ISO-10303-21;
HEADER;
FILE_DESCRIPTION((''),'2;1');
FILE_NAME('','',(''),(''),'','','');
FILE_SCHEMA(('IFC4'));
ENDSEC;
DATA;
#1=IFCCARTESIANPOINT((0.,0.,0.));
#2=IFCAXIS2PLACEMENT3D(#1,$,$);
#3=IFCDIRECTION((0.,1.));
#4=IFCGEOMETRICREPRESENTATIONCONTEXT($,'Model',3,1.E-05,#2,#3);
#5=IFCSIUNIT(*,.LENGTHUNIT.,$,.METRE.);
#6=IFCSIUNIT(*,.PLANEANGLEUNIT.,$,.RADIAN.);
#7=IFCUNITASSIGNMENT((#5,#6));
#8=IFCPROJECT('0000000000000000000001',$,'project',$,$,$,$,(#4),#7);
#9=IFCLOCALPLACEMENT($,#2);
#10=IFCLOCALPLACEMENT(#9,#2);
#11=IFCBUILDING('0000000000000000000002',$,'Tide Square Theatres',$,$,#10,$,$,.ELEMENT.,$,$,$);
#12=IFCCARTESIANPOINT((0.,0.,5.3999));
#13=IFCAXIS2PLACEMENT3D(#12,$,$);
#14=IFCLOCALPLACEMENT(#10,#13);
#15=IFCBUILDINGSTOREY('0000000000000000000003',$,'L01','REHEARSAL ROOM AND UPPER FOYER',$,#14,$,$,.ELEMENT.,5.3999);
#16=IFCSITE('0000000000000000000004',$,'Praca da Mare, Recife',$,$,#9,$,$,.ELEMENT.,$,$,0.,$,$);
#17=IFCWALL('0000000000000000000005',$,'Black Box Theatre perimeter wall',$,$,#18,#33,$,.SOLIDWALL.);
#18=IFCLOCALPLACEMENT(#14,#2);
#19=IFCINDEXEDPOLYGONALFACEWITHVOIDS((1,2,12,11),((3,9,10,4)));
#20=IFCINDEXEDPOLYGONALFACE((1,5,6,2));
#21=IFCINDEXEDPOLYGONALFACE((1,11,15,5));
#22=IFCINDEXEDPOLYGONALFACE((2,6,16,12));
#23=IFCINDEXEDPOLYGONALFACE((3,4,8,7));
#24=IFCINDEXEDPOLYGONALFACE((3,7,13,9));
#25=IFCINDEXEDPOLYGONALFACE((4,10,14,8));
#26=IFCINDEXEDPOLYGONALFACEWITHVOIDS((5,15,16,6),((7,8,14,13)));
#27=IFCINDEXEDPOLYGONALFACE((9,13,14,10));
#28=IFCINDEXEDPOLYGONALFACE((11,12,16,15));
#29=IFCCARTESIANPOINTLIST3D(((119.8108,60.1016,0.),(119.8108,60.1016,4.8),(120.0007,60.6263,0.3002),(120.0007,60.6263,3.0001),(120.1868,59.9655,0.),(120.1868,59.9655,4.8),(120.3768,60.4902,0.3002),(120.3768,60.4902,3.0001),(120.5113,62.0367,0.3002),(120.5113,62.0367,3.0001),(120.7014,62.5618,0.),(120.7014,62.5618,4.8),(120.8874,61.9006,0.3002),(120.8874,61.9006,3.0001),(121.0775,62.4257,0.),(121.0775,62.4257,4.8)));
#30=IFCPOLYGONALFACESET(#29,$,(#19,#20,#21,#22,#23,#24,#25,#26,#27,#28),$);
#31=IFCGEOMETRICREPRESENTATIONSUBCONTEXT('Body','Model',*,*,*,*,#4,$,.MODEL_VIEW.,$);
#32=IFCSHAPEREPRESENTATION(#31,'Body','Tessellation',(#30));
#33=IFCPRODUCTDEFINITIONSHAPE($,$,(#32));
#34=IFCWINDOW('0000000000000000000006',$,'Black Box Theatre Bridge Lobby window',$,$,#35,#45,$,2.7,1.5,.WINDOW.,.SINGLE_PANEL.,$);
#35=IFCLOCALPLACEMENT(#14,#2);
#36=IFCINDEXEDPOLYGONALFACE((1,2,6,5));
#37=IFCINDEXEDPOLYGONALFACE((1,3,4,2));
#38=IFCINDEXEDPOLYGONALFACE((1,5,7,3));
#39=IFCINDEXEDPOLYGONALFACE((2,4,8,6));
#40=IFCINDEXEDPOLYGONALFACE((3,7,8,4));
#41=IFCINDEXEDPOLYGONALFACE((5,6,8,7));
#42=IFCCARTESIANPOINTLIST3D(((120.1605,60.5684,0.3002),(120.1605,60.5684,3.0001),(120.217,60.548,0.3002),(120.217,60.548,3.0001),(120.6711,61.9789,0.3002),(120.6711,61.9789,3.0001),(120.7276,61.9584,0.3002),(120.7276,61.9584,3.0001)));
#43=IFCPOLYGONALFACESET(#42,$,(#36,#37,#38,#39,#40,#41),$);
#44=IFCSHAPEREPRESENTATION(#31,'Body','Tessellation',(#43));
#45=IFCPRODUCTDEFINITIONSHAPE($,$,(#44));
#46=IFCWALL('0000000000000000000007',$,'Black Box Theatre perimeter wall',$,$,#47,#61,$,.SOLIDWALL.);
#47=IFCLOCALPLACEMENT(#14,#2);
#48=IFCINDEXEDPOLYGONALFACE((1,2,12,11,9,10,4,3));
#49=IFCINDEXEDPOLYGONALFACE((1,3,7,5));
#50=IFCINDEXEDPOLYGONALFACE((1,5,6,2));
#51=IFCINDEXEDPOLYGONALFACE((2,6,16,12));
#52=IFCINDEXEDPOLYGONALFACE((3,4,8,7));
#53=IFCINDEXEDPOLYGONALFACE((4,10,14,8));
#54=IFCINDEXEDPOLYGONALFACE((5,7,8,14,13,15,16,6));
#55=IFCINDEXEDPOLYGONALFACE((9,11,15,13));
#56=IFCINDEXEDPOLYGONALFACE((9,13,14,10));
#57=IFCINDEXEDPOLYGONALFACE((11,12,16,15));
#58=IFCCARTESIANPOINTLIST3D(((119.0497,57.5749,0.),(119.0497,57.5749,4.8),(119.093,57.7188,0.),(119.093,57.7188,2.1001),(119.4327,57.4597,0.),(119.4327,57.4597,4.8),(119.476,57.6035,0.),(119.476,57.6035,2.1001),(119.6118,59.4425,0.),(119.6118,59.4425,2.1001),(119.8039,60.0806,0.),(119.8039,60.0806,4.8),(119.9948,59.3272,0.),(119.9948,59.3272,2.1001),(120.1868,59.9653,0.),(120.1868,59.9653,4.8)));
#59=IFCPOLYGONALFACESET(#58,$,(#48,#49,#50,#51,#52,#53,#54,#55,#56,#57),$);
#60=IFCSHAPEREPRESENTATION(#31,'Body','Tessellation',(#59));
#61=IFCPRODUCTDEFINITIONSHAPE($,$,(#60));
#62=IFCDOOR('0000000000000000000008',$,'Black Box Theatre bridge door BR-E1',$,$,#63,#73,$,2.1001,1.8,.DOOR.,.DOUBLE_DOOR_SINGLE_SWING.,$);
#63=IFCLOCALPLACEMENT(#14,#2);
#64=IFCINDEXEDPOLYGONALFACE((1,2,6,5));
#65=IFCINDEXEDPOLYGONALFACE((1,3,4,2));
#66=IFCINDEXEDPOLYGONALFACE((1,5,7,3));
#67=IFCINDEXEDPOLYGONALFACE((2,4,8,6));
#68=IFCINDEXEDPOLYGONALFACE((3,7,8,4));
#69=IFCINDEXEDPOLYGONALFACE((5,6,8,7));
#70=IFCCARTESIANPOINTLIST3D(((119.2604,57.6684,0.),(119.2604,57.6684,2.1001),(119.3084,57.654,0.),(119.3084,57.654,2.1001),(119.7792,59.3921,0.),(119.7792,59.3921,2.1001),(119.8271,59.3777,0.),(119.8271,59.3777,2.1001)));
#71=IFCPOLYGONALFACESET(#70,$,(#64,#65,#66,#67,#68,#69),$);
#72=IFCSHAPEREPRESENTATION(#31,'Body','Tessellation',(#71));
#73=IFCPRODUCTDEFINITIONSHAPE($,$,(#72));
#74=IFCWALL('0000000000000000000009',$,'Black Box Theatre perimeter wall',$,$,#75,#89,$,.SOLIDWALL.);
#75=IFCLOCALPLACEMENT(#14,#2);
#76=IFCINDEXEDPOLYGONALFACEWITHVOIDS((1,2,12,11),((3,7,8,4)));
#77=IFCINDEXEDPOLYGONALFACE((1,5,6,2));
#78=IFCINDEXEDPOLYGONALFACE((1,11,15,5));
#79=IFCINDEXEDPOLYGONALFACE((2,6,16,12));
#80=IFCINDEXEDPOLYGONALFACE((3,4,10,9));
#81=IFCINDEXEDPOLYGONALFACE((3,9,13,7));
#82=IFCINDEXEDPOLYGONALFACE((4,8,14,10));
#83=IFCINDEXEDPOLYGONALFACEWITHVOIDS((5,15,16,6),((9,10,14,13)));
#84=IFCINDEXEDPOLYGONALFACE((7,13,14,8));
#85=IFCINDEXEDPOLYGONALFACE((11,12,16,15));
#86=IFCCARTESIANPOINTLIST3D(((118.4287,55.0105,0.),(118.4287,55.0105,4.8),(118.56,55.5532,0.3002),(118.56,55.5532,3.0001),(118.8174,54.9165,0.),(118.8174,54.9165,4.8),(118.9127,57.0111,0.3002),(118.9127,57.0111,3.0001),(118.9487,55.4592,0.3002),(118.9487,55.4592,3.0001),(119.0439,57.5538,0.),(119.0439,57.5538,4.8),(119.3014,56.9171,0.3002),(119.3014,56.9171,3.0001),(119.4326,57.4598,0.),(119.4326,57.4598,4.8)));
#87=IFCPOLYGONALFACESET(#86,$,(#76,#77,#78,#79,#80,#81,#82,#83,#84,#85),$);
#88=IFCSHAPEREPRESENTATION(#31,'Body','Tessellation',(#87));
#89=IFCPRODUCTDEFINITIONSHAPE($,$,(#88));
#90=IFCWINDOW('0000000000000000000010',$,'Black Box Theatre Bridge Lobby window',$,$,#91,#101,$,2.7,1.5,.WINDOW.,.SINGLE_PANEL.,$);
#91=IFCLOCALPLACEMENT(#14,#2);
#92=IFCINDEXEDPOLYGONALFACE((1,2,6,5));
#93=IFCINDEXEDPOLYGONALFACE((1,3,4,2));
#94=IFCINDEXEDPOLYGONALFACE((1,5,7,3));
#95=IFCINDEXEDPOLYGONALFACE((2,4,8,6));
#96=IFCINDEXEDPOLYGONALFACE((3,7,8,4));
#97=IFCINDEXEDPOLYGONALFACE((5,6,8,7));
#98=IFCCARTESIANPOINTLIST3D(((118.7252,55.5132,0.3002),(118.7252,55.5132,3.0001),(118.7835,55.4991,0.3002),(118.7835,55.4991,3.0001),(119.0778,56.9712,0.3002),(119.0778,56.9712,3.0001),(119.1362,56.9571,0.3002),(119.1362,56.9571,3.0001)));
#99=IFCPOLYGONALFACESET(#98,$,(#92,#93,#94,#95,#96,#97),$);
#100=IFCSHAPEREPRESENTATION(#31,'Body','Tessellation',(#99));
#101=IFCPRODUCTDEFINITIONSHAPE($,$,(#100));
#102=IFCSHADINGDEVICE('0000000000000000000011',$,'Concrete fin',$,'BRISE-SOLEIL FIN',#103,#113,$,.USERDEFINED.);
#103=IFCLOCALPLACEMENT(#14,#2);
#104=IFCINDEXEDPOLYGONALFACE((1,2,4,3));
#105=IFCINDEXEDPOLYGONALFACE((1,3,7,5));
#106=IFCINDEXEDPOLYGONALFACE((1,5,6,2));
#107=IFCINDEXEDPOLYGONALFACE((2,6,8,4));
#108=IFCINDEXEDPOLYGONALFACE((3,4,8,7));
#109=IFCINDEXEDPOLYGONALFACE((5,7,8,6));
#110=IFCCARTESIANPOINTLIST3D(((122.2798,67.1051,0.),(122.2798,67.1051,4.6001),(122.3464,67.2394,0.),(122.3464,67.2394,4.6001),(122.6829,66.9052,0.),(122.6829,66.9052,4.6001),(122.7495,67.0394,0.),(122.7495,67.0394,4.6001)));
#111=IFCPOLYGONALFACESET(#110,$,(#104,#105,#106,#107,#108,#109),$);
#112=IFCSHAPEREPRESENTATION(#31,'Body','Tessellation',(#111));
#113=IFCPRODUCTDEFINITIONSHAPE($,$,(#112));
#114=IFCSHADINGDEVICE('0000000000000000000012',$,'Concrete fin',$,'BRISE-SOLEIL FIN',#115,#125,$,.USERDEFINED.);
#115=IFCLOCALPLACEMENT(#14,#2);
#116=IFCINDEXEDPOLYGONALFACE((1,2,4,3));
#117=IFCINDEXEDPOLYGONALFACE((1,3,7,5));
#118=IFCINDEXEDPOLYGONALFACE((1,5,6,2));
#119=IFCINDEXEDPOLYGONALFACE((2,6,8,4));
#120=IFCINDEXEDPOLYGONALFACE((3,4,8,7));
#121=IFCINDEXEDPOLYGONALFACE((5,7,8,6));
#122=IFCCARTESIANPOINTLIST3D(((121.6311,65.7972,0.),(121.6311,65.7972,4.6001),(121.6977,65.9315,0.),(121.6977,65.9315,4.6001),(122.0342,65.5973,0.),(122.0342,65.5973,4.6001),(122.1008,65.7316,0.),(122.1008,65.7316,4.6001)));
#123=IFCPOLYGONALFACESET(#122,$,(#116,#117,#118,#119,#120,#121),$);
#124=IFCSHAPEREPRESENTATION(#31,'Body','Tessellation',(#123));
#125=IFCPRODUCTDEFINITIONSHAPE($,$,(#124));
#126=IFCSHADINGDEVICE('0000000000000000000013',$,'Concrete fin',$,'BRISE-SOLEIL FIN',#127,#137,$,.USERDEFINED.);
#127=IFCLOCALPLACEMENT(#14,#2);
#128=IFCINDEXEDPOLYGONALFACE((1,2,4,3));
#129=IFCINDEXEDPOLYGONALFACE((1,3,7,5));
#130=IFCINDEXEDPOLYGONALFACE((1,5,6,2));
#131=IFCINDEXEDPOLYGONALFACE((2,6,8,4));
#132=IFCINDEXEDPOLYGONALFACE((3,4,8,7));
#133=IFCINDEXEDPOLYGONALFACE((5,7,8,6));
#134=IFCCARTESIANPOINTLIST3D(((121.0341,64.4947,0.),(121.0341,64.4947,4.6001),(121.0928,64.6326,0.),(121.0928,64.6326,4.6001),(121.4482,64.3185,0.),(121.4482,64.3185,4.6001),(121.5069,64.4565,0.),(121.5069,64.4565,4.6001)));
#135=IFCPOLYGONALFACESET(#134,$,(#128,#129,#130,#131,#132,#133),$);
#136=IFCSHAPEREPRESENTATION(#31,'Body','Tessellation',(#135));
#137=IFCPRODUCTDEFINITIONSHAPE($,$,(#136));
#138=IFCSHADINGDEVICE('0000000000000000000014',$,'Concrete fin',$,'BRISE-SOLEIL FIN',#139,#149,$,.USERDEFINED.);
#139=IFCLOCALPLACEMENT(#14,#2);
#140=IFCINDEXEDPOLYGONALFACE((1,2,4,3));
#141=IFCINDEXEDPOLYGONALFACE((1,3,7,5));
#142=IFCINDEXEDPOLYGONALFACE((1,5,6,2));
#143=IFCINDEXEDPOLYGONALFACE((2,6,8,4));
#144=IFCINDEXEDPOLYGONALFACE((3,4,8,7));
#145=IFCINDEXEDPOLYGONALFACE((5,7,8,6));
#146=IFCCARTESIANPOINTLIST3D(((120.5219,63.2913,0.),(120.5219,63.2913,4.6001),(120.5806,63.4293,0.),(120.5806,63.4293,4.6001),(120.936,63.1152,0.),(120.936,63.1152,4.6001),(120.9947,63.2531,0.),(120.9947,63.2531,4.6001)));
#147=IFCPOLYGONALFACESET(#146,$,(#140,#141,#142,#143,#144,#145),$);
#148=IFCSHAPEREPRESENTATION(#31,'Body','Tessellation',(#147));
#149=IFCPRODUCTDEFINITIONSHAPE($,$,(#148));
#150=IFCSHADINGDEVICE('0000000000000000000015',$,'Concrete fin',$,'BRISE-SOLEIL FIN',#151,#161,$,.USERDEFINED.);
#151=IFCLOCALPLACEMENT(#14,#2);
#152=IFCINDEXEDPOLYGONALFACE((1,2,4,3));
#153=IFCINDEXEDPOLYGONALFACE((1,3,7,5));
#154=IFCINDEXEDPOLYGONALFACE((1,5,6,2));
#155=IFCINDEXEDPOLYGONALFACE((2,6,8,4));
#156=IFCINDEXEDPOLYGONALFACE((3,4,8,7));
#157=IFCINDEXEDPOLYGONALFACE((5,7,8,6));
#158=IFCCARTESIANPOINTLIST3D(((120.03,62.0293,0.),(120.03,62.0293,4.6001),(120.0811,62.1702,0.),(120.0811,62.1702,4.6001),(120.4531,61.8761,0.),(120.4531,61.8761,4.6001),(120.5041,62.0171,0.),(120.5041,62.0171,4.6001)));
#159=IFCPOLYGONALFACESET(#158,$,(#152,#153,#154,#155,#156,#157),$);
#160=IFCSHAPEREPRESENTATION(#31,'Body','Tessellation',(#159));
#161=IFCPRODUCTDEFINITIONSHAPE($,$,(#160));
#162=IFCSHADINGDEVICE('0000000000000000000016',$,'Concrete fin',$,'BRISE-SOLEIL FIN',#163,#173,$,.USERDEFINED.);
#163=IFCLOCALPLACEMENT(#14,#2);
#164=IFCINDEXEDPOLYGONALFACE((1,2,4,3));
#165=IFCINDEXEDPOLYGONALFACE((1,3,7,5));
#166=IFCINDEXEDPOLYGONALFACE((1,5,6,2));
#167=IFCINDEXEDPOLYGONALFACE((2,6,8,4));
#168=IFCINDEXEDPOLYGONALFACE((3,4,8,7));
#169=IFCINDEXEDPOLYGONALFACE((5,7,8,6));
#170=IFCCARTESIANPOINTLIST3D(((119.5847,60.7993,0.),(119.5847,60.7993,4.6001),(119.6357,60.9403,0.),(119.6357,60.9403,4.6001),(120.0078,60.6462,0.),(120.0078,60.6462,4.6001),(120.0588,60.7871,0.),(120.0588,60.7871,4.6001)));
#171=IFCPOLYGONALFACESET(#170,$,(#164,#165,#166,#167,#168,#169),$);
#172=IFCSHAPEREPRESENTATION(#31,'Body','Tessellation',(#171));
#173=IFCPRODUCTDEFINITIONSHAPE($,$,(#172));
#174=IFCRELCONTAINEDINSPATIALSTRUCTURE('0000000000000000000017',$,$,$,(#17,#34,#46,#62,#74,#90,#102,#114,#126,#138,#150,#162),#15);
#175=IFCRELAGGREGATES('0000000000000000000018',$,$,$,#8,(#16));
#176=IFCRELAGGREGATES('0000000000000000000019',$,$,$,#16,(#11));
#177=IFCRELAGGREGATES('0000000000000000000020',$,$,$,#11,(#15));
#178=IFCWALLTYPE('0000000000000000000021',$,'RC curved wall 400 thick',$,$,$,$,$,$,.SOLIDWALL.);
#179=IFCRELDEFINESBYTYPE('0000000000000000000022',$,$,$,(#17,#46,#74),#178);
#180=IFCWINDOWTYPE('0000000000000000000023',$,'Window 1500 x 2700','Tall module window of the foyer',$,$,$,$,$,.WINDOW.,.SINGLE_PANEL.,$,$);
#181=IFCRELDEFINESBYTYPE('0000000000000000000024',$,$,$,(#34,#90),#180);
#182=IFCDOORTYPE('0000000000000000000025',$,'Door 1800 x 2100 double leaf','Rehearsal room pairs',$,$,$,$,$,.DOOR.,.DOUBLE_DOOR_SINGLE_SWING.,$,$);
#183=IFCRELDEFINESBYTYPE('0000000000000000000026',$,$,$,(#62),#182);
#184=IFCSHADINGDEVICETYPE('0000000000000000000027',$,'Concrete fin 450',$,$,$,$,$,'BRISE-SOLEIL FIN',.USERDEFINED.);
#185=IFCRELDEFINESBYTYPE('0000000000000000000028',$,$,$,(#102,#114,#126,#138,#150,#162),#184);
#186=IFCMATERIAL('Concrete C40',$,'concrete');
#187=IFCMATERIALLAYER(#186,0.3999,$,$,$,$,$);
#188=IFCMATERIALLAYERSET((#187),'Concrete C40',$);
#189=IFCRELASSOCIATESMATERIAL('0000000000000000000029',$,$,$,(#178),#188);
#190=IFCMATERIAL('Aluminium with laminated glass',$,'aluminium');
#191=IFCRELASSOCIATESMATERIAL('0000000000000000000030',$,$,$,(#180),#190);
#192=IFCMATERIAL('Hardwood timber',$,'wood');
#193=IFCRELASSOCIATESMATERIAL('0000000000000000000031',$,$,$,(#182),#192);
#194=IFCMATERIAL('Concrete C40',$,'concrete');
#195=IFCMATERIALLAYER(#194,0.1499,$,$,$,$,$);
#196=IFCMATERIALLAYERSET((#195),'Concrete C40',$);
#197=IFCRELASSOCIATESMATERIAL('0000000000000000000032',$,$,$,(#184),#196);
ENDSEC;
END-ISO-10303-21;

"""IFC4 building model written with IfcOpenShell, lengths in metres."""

from ifc_helpers import new_model, si_unit, direction, frame, frame_2d, origin, origin_2d, place, context, subcontext, project, spatial, rectangle, extrude, material, layer, layer_set, type_object, element, fill, save


model = new_model("IFC4")

# Units and contexts
model_context = context("Model", 3, precision=1e-05, world=origin(), true_north=direction((0.0, 1.0)))
body_context = subcontext(model_context, "Body", "Model", "MODEL_VIEW")
ifc_project = project(units=[si_unit("LENGTHUNIT", "METRE"), si_unit("PLANEANGLEUNIT", "RADIAN")], contexts=[model_context])

# Site, building, storey
site_placement = place(None, origin())
site = spatial("IfcSite", under=ifc_project, at=site_placement, Name="Praca da Mare, Recife", CompositionType="ELEMENT", RefElevation=0.0)
building_placement = place(site_placement, origin())
building = spatial("IfcBuilding", under=site, at=building_placement, Name="Tide Square Theatres", CompositionType="ELEMENT")
storey_placement = place(building_placement, frame((0.0, 0.0, 5.3999)))
storey = spatial("IfcBuildingStorey", under=building, at=storey_placement, Name="L01", Description="REHEARSAL ROOM AND UPPER FOYER", CompositionType="ELEMENT", Elevation=5.3999)

# Shared definitions
ifc_material_1 = material(Name="Concrete C40", Category="concrete")
ifc_layer_1 = layer(ifc_material_1, 0.3999)
ifc_layer_set_1 = layer_set([ifc_layer_1], Name="Concrete C40")
wall_type_1 = type_object("IfcWallType", Name="RC curved wall 400 thick", PredefinedType="SOLIDWALL", material=ifc_layer_set_1)

# Wall, opening, window
wall_1_placement = place(storey_placement, frame((120.8894, 62.4937, 0.0), z_axis=(0.0, 0.0, 1.0), x_axis=(-0.340394, -0.940283, 0.0)))
wall_1 = element("IfcWall", 1, at=wall_1_placement, inside=storey, type_object=wall_type_1, Name="Black Box Theatre perimeter wall", PredefinedType="SOLIDWALL", context=body_context, shape_type="SweptSolid", body=[
    extrude(rectangle(XDim=2.6165, YDim=0.3999, at=frame_2d((1.3081, 0.0))), origin(), (0.0, 0.0, 1.0), 4.8),
])
opening_1_placement = place(wall_1_placement, frame((0.5583, 0.0, 0.3)))
opening_1 = element("IfcOpeningElement", 2, at=opening_1_placement, cuts=wall_1, PredefinedType="OPENING", context=body_context, shape_type="SweptSolid", body=[
    extrude(rectangle(XDim=1.5, YDim=2.7, at=frame_2d((0.75, 1.3501))), frame((0.0, 0.21, 0.0), z_axis=(0.0, -1.0, 0.0), x_axis=(1.0, 0.0, 0.0)), (0.0, 0.0, 1.0), 0.4199),
])
ifc_material_2 = material(Name="Aluminium with laminated glass", Category="aluminium")
window_type_1 = type_object("IfcWindowType", Name="Window 1500 x 2700", Description="Tall module window of the foyer", PartitioningType="SINGLE_PANEL", PredefinedType="WINDOW", material=ifc_material_2)
window_1_placement = place(opening_1_placement, origin())
window_1 = element("IfcWindow", 3, at=window_1_placement, inside=storey, type_object=window_type_1, Name="Black Box Theatre Bridge Lobby window", OverallHeight=2.7, OverallWidth=1.5, PartitioningType="SINGLE_PANEL", PredefinedType="WINDOW", context=body_context, shape_type="SweptSolid", body=[
    extrude(rectangle(XDim=1.5, YDim=2.7, at=frame_2d((0.75, 1.3501))), frame((0.0, 0.03, 0.0), z_axis=(0.0, -1.0, 0.0), x_axis=(1.0, 0.0, 0.0)), (0.0, 0.0, 1.0), 0.0601),
])
fill(opening_1, window_1)

# Wall, opening, door
wall_2_placement = place(storey_placement, frame((119.9954, 60.0229, 0.0), z_axis=(0.0, 0.0, 1.0), x_axis=(-0.288212, -0.957567, 0.0)))
wall_2 = element("IfcWall", 4, at=wall_2_placement, inside=storey, type_object=wall_type_1, Name="Black Box Theatre perimeter wall", PredefinedType="SOLIDWALL", context=body_context, shape_type="SweptSolid", body=[
    extrude(rectangle(XDim=2.6167, YDim=0.3999, at=frame_2d((1.3083, 0.0))), origin(), (0.0, 0.0, 1.0), 4.8),
])
opening_2_placement = place(wall_2_placement, frame((0.6665, 0.0, 0.0)))
opening_2 = element("IfcOpeningElement", 5, at=opening_2_placement, cuts=wall_2, PredefinedType="OPENING", context=body_context, shape_type="SweptSolid", body=[
    extrude(rectangle(XDim=1.8, YDim=2.1001, at=frame_2d((0.8999, 1.05))), frame((0.0, 0.21, 0.0), z_axis=(0.0, -1.0, 0.0), x_axis=(1.0, 0.0, 0.0)), (0.0, 0.0, 1.0), 0.4199),
])
ifc_material_3 = material(Name="Hardwood timber", Category="wood")
door_type_1 = type_object("IfcDoorType", Name="Door 1800 x 2100 double leaf", Description="Rehearsal room pairs", OperationType="DOUBLE_DOOR_SINGLE_SWING", PredefinedType="DOOR", material=ifc_material_3)
door_1_placement = place(opening_2_placement, origin())
door_1 = element("IfcDoor", 6, at=door_1_placement, inside=storey, type_object=door_type_1, Name="Black Box Theatre bridge door BR-E1", OperationType="DOUBLE_DOOR_SINGLE_SWING", OverallHeight=2.1001, OverallWidth=1.8, PredefinedType="DOOR", context=body_context, shape_type="SweptSolid", body=[
    extrude(rectangle(XDim=1.8, YDim=2.1001, at=frame_2d((0.8999, 1.05))), frame((0.0, 0.0249, 0.0), z_axis=(0.0, -1.0, 0.0), x_axis=(1.0, 0.0, 0.0)), (0.0, 0.0, 1.0), 0.05),
])
fill(opening_2, door_1)

# Wall, opening, window
wall_3_placement = place(storey_placement, frame((119.2383, 57.5068, 0.0), z_axis=(0.0, 0.0, 1.0), x_axis=(-0.235109, -0.971969, 0.0)))
wall_3 = element("IfcWall", 7, at=wall_3_placement, inside=storey, type_object=wall_type_1, Name="Black Box Theatre perimeter wall", PredefinedType="SOLIDWALL", context=body_context, shape_type="SweptSolid", body=[
    extrude(rectangle(XDim=2.6167, YDim=0.3999, at=frame_2d((1.3083, 0.0))), origin(), (0.0, 0.0, 1.0), 4.8),
])
opening_3_placement = place(wall_3_placement, frame((0.5583, 0.0, 0.3)))
opening_3 = element("IfcOpeningElement", 8, at=opening_3_placement, cuts=wall_3, PredefinedType="OPENING", context=body_context, shape_type="SweptSolid", body=[
    extrude(rectangle(XDim=1.5, YDim=2.7, at=frame_2d((0.75, 1.3501))), frame((0.0, 0.21, 0.0), z_axis=(0.0, -1.0, 0.0), x_axis=(1.0, 0.0, 0.0)), (0.0, 0.0, 1.0), 0.4199),
])
window_2_placement = place(opening_3_placement, origin())
window_2 = element("IfcWindow", 9, at=window_2_placement, inside=storey, type_object=window_type_1, Name="Black Box Theatre Bridge Lobby window", OverallHeight=2.7, OverallWidth=1.5, PartitioningType="SINGLE_PANEL", PredefinedType="WINDOW", context=body_context, shape_type="SweptSolid", body=[
    extrude(rectangle(XDim=1.5, YDim=2.7, at=frame_2d((0.75, 1.3501))), frame((0.0, 0.03, 0.0), z_axis=(0.0, -1.0, 0.0), x_axis=(1.0, 0.0, 0.0)), (0.0, 0.0, 1.0), 0.0601),
])
fill(opening_3, window_2)

# Shading devices
ifc_material_4 = material(Name="Concrete C40", Category="concrete")
ifc_layer_2 = layer(ifc_material_4, 0.1499)
ifc_layer_set_2 = layer_set([ifc_layer_2], Name="Concrete C40")
shading_device_type = type_object("IfcShadingDeviceType", Name="Concrete fin 450", ElementType="BRISE-SOLEIL FIN", PredefinedType="USERDEFINED", material=ifc_layer_set_2)
for number, where, z_axis, x_axis, name in (
    (10, (122.5146, 67.0723, 0.0), (0.0, 0.0, 1.0), (-0.444338, -0.895859, 0.0), "Concrete fin"),
    (11, (121.866, 65.7644, 0.0), (0.0, 0.0, 1.0), (-0.444338, -0.895859, 0.0), "Concrete fin"),
    (12, (121.2705, 64.4756, 0.0), (0.0, 0.0, 1.0), (-0.391518, -0.92017, 0.0), "Concrete fin"),
    (13, (120.7583, 63.2722, 0.0), (0.0, 0.0, 1.0), (-0.391518, -0.92017, 0.0), "Concrete fin"),
    (14, (120.2671, 62.0232, 0.0), (0.0, 0.0, 1.0), (-0.34038, -0.940288, 0.0), "Concrete fin"),
    (15, (119.8218, 60.7932, 0.0), (0.0, 0.0, 1.0), (-0.34038, -0.940288, 0.0), "Concrete fin"),
):
    element("IfcShadingDevice", number, at=place(storey_placement, frame(where, z_axis=z_axis, x_axis=x_axis)), inside=storey, type_object=shading_device_type, Name=name, ObjectType="BRISE-SOLEIL FIN", PredefinedType="USERDEFINED", context=body_context, shape_type="SweptSolid", body=[
        extrude(rectangle(XDim=0.1499, YDim=0.45, at=origin_2d()), origin(), (0.0, 0.0, 1.0), 4.6001),
    ])

save(model, "model.ifc")
